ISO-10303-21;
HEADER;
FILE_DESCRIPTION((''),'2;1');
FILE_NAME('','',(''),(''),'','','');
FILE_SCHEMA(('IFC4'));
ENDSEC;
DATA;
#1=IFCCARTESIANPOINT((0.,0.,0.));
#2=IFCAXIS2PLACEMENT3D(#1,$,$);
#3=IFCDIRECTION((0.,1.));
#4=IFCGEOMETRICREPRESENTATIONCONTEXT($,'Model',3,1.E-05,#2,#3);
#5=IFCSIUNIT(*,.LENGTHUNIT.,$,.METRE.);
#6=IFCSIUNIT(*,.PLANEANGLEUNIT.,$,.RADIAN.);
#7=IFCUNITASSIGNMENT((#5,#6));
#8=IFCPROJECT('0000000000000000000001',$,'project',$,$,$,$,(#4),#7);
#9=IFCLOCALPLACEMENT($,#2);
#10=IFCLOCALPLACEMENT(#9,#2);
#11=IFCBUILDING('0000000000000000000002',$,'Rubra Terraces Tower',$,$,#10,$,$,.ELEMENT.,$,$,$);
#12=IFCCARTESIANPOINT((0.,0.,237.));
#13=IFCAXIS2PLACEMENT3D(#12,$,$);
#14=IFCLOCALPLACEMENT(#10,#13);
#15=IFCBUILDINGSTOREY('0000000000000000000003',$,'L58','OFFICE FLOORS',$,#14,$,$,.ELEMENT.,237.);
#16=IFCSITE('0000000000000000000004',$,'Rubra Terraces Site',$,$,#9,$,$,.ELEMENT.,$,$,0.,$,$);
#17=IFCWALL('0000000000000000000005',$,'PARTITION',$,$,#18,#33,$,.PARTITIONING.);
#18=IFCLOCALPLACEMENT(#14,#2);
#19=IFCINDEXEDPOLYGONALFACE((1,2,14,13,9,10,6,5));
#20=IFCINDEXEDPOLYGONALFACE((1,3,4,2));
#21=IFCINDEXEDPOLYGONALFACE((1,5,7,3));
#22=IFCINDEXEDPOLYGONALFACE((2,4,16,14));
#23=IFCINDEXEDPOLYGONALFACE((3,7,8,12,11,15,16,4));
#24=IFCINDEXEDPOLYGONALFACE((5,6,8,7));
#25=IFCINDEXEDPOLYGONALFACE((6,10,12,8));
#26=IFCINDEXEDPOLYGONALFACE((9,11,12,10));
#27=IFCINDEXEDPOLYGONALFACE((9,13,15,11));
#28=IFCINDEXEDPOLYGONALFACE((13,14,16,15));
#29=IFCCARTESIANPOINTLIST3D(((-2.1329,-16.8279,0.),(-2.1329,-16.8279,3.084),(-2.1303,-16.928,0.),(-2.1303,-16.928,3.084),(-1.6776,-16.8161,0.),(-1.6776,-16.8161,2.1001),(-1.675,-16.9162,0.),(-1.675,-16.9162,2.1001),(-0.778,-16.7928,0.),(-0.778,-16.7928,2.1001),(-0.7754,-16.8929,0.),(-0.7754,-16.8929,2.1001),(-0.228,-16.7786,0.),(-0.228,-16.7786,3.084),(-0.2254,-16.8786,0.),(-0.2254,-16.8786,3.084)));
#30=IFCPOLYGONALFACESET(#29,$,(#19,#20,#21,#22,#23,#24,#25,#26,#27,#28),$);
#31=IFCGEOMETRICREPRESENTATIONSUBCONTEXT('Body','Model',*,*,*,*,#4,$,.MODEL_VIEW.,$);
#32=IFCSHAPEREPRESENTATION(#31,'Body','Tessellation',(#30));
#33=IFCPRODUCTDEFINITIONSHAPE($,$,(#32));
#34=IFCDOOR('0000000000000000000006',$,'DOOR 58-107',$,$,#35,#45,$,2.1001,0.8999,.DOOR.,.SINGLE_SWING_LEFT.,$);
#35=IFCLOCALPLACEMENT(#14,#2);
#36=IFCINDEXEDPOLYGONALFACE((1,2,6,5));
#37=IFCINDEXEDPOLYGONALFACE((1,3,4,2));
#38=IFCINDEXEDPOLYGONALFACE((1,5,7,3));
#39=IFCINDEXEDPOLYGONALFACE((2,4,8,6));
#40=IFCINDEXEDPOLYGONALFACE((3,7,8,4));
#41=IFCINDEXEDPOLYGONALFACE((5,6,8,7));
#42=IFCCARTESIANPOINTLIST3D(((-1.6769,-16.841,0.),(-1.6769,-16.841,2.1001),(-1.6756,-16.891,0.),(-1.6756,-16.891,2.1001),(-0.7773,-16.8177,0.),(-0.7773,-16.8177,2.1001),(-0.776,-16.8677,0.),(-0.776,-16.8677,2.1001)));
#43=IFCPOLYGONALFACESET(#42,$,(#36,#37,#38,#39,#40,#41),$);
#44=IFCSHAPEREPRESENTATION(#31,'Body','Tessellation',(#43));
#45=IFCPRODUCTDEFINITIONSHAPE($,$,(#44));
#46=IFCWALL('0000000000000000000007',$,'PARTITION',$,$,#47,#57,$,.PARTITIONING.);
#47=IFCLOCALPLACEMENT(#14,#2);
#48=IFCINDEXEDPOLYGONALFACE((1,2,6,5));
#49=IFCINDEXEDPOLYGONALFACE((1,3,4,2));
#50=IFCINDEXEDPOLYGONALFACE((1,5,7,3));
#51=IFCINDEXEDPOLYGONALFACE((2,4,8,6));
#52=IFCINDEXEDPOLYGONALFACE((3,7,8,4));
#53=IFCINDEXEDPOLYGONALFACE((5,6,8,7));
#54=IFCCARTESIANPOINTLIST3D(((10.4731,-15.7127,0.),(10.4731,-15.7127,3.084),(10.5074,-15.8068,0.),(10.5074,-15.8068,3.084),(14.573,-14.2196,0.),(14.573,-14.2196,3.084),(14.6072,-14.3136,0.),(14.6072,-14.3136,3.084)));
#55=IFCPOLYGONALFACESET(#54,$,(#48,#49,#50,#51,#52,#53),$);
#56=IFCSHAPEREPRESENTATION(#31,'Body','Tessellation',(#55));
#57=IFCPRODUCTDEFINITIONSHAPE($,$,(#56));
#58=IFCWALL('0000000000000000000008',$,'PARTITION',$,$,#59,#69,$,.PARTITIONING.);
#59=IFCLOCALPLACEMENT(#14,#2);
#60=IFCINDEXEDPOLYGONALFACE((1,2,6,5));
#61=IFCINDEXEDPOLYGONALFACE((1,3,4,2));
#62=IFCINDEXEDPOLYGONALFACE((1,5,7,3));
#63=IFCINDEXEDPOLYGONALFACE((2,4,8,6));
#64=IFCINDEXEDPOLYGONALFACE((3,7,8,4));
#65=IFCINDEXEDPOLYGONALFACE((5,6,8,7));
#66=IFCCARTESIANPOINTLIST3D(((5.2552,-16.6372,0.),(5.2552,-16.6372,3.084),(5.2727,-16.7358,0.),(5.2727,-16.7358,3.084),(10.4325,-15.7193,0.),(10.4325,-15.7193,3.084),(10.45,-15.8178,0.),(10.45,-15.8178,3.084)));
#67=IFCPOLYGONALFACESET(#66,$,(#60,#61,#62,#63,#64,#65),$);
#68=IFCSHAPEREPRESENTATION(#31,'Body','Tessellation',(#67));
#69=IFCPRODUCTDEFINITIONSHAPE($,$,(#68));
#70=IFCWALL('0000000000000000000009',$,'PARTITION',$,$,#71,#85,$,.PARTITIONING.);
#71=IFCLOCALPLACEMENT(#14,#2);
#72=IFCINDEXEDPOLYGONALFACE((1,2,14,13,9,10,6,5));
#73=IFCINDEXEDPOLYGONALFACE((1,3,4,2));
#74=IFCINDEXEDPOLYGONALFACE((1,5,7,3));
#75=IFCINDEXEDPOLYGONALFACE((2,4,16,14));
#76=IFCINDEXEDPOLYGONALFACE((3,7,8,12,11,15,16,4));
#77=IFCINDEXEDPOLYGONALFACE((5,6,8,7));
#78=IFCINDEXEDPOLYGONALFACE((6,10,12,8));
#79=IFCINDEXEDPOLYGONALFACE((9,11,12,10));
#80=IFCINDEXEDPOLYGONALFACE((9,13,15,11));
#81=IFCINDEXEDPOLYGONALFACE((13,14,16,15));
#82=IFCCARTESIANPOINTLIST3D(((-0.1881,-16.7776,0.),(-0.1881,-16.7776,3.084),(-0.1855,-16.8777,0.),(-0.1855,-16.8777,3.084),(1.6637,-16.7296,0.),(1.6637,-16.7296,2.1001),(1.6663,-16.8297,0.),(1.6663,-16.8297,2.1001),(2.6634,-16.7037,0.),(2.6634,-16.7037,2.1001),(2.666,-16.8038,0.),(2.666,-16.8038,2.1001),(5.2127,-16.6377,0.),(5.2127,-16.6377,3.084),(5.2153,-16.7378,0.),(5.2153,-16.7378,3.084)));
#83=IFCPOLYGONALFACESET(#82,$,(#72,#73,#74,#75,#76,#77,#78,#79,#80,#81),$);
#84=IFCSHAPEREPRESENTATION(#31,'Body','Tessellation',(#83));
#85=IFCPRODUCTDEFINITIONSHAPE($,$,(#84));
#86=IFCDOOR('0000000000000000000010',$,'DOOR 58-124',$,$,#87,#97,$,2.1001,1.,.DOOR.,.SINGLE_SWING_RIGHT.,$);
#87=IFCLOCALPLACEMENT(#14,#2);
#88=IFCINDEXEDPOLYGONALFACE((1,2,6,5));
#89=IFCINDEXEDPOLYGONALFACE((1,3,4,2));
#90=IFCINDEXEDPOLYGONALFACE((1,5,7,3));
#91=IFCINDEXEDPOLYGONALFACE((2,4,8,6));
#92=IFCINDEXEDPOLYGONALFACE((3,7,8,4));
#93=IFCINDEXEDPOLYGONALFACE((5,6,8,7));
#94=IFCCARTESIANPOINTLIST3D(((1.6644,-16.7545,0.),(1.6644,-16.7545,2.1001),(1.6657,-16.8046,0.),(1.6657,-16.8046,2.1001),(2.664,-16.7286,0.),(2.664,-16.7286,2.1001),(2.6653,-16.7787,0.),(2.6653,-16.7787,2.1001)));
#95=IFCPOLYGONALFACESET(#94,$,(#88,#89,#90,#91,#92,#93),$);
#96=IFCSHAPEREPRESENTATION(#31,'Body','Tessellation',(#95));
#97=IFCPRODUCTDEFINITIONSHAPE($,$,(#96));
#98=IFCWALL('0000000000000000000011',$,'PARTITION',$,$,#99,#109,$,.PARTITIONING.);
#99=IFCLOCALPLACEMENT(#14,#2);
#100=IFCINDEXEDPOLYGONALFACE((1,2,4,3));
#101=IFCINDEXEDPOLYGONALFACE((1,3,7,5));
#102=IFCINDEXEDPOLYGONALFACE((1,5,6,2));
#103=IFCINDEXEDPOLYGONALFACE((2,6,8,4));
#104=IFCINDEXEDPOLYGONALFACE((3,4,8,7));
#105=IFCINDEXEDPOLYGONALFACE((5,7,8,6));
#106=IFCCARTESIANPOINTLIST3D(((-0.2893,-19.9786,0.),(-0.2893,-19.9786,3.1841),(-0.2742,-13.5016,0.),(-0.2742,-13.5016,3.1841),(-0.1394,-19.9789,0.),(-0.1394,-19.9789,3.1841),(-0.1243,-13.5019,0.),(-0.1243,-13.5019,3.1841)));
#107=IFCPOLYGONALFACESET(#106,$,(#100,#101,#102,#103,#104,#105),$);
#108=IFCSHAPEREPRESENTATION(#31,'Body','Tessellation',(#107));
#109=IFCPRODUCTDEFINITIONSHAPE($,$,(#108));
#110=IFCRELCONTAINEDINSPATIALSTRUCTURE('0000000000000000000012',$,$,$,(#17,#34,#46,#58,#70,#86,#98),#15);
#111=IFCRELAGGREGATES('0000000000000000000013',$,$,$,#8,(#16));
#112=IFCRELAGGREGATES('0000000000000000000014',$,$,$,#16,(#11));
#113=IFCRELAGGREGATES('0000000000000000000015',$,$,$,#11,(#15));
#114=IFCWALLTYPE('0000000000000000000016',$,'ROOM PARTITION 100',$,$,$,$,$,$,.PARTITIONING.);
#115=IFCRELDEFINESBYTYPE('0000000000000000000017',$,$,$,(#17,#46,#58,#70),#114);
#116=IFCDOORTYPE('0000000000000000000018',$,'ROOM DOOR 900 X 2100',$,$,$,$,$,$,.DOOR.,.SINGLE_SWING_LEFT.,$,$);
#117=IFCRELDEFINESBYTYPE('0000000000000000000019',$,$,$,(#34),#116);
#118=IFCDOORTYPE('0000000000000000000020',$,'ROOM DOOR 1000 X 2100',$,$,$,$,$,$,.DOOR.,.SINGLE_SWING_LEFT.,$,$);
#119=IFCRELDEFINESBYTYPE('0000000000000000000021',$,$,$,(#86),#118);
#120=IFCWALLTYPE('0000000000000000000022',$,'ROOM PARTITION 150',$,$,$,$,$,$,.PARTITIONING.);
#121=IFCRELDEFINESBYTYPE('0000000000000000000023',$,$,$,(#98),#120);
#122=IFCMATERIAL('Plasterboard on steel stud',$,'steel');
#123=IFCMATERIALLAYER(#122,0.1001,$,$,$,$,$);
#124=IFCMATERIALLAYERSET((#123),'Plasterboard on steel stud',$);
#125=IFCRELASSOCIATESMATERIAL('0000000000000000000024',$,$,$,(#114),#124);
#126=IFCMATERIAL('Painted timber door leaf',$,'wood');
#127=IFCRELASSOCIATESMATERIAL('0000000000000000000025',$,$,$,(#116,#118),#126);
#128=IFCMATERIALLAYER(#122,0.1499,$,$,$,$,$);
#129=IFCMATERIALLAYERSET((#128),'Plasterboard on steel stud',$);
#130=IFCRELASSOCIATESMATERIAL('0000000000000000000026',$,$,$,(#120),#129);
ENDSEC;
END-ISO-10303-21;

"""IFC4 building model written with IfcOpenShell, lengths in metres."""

from ifc_helpers import new_model, si_unit, direction, frame, frame_2d, origin, place, context, subcontext, project, spatial, rectangle, extrude, material, layer, layer_set, type_object, element, fill, save


model = new_model("IFC4")

# Units and contexts
model_context = context("Model", 3, precision=1e-05, world=origin(), true_north=direction((0.0, 1.0)))
body_context = subcontext(model_context, "Body", "Model", "MODEL_VIEW")
ifc_project = project(units=[si_unit("LENGTHUNIT", "METRE"), si_unit("PLANEANGLEUNIT", "RADIAN")], contexts=[model_context])

# Site, building, storey
site_placement = place(None, origin())
site = spatial("IfcSite", under=ifc_project, at=site_placement, Name="Rubra Terraces Site", CompositionType="ELEMENT", RefElevation=0.0)
building_placement = place(site_placement, origin())
building = spatial("IfcBuilding", under=site, at=building_placement, Name="Rubra Terraces Tower", CompositionType="ELEMENT")
storey_placement = place(building_placement, frame((0.0, 0.0, 237.0)))
storey = spatial("IfcBuildingStorey", under=building, at=storey_placement, Name="L58", Description="OFFICE FLOORS", CompositionType="ELEMENT", Elevation=237.0)

# Wall, opening, door
ifc_material_1 = material(Name="Plasterboard on steel stud", Category="steel")
ifc_layer_1 = layer(ifc_material_1, 0.1001)
ifc_layer_set_1 = layer_set([ifc_layer_1], Name="Plasterboard on steel stud")
wall_type_1 = type_object("IfcWallType", Name="ROOM PARTITION 100", PredefinedType="PARTITIONING", material=ifc_layer_set_1)
wall_1_placement = place(storey_placement, frame((-0.2268, -16.8286, 0.0), z_axis=(0.0, 0.0, 1.0), x_axis=(-0.999665, -0.025882, 0.0)))
wall_1 = element("IfcWall", 1, at=wall_1_placement, inside=storey, type_object=wall_type_1, Name="PARTITION", PredefinedType="PARTITIONING", context=body_context, shape_type="SweptSolid", body=[
    extrude(rectangle(XDim=1.9055, YDim=0.1001, at=frame_2d((0.9526, 0.0))), origin(), (0.0, 0.0, 1.0), 3.084),
])
opening_1_placement = place(wall_1_placement, frame((0.55, 0.0, 0.0)))
opening_1 = element("IfcOpeningElement", 2, at=opening_1_placement, cuts=wall_1, PredefinedType="OPENING", context=body_context, shape_type="SweptSolid", body=[
    extrude(rectangle(XDim=0.8999, YDim=2.1001, at=frame_2d((0.45, 1.05))), frame((0.0, 0.0601, 0.0), z_axis=(0.0, -1.0, 0.0), x_axis=(1.0, 0.0, 0.0)), (0.0, 0.0, 1.0), 0.1201),
])
ifc_material_2 = material(Name="Painted timber door leaf", Category="wood")
door_type_1 = type_object("IfcDoorType", Name="ROOM DOOR 900 X 2100", OperationType="SINGLE_SWING_LEFT", PredefinedType="DOOR", material=ifc_material_2)
door_1_placement = place(opening_1_placement, origin())
door_1 = element("IfcDoor", 3, at=door_1_placement, inside=storey, type_object=door_type_1, Name="DOOR 58-107", OperationType="SINGLE_SWING_LEFT", OverallHeight=2.1001, OverallWidth=0.8999, PredefinedType="DOOR", context=body_context, shape_type="SweptSolid", body=[
    extrude(rectangle(XDim=0.8999, YDim=2.1001, at=frame_2d((0.45, 1.05))), frame((0.0, 0.0249, 0.0), z_axis=(0.0, -1.0, 0.0), x_axis=(1.0, 0.0, 0.0)), (0.0, 0.0, 1.0), 0.05),
])
fill(opening_1, door_1)

# Walls
wall_2_placement = place(storey_placement, frame((14.5901, -14.2666, 0.0), z_axis=(0.0, 0.0, 1.0), x_axis=(-0.939623, -0.34221, 0.0)))
element("IfcWall", 4, at=wall_2_placement, inside=storey, type_object=wall_type_1, Name="PARTITION", PredefinedType="PARTITIONING", context=body_context, shape_type="SweptSolid", body=[
    extrude(rectangle(XDim=4.3633, YDim=0.1001, at=frame_2d((2.1816, 0.0))), origin(), (0.0, 0.0, 1.0), 3.084),
])
wall_3_placement = place(storey_placement, frame((10.4412, -15.7686, 0.0), z_axis=(0.0, 0.0, 1.0), x_axis=(-0.984642, -0.174585, 0.0)))
element("IfcWall", 5, at=wall_3_placement, inside=storey, type_object=wall_type_1, Name="PARTITION", PredefinedType="PARTITIONING", context=body_context, shape_type="SweptSolid", body=[
    extrude(rectangle(XDim=5.2581, YDim=0.1001, at=frame_2d((2.6289, 0.0))), origin(), (0.0, 0.0, 1.0), 3.084),
])

# Wall, opening, door
wall_4_placement = place(storey_placement, frame((5.2139, -16.6877, 0.0), z_axis=(0.0, 0.0, 1.0), x_axis=(-0.999665, -0.025893, 0.0)))
wall_4 = element("IfcWall", 6, at=wall_4_placement, inside=storey, type_object=wall_type_1, Name="PARTITION", PredefinedType="PARTITIONING", context=body_context, shape_type="SweptSolid", body=[
    extrude(rectangle(XDim=5.4026, YDim=0.1001, at=frame_2d((2.7012, 0.0))), origin(), (0.0, 0.0, 1.0), 3.084),
])
opening_2_placement = place(wall_4_placement, frame((2.55, 0.0, 0.0)))
opening_2 = element("IfcOpeningElement", 7, at=opening_2_placement, cuts=wall_4, PredefinedType="OPENING", context=body_context, shape_type="SweptSolid", body=[
    extrude(rectangle(XDim=1.0, YDim=2.1001, at=frame_2d((0.5, 1.05))), frame((0.0, 0.0601, 0.0), z_axis=(0.0, -1.0, 0.0), x_axis=(1.0, 0.0, 0.0)), (0.0, 0.0, 1.0), 0.1201),
])
door_type_2 = type_object("IfcDoorType", Name="ROOM DOOR 1000 X 2100", OperationType="SINGLE_SWING_LEFT", PredefinedType="DOOR", material=ifc_material_2)
door_2_placement = place(opening_2_placement, origin())
door_2 = element("IfcDoor", 8, at=door_2_placement, inside=storey, type_object=door_type_2, Name="DOOR 58-124", OperationType="SINGLE_SWING_RIGHT", OverallHeight=2.1001, OverallWidth=1.0, PredefinedType="DOOR", context=body_context, shape_type="SweptSolid", body=[
    extrude(rectangle(XDim=1.0, YDim=2.1001, at=frame_2d((0.5, 1.05))), frame((0.0, 0.0249, 0.0), z_axis=(0.0, -1.0, 0.0), x_axis=(1.0, 0.0, 0.0)), (0.0, 0.0, 1.0), 0.05),
])
fill(opening_2, door_2)

# Wall
ifc_layer_2 = layer(ifc_material_1, 0.1499)
ifc_layer_set_2 = layer_set([ifc_layer_2], Name="Plasterboard on steel stud")
wall_type_2 = type_object("IfcWallType", Name="ROOM PARTITION 150", PredefinedType="PARTITIONING", material=ifc_layer_set_2)
wall_5_placement = place(storey_placement, frame((-0.2144, -19.9788, 0.0), z_axis=(0.0, 0.0, 1.0), x_axis=(0.002337, 0.999997, 0.0)))
element("IfcWall", 9, at=wall_5_placement, inside=storey, type_object=wall_type_2, Name="PARTITION", PredefinedType="PARTITIONING", context=body_context, shape_type="SweptSolid", body=[
    extrude(rectangle(XDim=6.4771, YDim=0.1499, at=frame_2d((3.2385, 0.0))), origin(), (0.0, 0.0, 1.0), 3.1841),
])

save(model, "model.ifc")
